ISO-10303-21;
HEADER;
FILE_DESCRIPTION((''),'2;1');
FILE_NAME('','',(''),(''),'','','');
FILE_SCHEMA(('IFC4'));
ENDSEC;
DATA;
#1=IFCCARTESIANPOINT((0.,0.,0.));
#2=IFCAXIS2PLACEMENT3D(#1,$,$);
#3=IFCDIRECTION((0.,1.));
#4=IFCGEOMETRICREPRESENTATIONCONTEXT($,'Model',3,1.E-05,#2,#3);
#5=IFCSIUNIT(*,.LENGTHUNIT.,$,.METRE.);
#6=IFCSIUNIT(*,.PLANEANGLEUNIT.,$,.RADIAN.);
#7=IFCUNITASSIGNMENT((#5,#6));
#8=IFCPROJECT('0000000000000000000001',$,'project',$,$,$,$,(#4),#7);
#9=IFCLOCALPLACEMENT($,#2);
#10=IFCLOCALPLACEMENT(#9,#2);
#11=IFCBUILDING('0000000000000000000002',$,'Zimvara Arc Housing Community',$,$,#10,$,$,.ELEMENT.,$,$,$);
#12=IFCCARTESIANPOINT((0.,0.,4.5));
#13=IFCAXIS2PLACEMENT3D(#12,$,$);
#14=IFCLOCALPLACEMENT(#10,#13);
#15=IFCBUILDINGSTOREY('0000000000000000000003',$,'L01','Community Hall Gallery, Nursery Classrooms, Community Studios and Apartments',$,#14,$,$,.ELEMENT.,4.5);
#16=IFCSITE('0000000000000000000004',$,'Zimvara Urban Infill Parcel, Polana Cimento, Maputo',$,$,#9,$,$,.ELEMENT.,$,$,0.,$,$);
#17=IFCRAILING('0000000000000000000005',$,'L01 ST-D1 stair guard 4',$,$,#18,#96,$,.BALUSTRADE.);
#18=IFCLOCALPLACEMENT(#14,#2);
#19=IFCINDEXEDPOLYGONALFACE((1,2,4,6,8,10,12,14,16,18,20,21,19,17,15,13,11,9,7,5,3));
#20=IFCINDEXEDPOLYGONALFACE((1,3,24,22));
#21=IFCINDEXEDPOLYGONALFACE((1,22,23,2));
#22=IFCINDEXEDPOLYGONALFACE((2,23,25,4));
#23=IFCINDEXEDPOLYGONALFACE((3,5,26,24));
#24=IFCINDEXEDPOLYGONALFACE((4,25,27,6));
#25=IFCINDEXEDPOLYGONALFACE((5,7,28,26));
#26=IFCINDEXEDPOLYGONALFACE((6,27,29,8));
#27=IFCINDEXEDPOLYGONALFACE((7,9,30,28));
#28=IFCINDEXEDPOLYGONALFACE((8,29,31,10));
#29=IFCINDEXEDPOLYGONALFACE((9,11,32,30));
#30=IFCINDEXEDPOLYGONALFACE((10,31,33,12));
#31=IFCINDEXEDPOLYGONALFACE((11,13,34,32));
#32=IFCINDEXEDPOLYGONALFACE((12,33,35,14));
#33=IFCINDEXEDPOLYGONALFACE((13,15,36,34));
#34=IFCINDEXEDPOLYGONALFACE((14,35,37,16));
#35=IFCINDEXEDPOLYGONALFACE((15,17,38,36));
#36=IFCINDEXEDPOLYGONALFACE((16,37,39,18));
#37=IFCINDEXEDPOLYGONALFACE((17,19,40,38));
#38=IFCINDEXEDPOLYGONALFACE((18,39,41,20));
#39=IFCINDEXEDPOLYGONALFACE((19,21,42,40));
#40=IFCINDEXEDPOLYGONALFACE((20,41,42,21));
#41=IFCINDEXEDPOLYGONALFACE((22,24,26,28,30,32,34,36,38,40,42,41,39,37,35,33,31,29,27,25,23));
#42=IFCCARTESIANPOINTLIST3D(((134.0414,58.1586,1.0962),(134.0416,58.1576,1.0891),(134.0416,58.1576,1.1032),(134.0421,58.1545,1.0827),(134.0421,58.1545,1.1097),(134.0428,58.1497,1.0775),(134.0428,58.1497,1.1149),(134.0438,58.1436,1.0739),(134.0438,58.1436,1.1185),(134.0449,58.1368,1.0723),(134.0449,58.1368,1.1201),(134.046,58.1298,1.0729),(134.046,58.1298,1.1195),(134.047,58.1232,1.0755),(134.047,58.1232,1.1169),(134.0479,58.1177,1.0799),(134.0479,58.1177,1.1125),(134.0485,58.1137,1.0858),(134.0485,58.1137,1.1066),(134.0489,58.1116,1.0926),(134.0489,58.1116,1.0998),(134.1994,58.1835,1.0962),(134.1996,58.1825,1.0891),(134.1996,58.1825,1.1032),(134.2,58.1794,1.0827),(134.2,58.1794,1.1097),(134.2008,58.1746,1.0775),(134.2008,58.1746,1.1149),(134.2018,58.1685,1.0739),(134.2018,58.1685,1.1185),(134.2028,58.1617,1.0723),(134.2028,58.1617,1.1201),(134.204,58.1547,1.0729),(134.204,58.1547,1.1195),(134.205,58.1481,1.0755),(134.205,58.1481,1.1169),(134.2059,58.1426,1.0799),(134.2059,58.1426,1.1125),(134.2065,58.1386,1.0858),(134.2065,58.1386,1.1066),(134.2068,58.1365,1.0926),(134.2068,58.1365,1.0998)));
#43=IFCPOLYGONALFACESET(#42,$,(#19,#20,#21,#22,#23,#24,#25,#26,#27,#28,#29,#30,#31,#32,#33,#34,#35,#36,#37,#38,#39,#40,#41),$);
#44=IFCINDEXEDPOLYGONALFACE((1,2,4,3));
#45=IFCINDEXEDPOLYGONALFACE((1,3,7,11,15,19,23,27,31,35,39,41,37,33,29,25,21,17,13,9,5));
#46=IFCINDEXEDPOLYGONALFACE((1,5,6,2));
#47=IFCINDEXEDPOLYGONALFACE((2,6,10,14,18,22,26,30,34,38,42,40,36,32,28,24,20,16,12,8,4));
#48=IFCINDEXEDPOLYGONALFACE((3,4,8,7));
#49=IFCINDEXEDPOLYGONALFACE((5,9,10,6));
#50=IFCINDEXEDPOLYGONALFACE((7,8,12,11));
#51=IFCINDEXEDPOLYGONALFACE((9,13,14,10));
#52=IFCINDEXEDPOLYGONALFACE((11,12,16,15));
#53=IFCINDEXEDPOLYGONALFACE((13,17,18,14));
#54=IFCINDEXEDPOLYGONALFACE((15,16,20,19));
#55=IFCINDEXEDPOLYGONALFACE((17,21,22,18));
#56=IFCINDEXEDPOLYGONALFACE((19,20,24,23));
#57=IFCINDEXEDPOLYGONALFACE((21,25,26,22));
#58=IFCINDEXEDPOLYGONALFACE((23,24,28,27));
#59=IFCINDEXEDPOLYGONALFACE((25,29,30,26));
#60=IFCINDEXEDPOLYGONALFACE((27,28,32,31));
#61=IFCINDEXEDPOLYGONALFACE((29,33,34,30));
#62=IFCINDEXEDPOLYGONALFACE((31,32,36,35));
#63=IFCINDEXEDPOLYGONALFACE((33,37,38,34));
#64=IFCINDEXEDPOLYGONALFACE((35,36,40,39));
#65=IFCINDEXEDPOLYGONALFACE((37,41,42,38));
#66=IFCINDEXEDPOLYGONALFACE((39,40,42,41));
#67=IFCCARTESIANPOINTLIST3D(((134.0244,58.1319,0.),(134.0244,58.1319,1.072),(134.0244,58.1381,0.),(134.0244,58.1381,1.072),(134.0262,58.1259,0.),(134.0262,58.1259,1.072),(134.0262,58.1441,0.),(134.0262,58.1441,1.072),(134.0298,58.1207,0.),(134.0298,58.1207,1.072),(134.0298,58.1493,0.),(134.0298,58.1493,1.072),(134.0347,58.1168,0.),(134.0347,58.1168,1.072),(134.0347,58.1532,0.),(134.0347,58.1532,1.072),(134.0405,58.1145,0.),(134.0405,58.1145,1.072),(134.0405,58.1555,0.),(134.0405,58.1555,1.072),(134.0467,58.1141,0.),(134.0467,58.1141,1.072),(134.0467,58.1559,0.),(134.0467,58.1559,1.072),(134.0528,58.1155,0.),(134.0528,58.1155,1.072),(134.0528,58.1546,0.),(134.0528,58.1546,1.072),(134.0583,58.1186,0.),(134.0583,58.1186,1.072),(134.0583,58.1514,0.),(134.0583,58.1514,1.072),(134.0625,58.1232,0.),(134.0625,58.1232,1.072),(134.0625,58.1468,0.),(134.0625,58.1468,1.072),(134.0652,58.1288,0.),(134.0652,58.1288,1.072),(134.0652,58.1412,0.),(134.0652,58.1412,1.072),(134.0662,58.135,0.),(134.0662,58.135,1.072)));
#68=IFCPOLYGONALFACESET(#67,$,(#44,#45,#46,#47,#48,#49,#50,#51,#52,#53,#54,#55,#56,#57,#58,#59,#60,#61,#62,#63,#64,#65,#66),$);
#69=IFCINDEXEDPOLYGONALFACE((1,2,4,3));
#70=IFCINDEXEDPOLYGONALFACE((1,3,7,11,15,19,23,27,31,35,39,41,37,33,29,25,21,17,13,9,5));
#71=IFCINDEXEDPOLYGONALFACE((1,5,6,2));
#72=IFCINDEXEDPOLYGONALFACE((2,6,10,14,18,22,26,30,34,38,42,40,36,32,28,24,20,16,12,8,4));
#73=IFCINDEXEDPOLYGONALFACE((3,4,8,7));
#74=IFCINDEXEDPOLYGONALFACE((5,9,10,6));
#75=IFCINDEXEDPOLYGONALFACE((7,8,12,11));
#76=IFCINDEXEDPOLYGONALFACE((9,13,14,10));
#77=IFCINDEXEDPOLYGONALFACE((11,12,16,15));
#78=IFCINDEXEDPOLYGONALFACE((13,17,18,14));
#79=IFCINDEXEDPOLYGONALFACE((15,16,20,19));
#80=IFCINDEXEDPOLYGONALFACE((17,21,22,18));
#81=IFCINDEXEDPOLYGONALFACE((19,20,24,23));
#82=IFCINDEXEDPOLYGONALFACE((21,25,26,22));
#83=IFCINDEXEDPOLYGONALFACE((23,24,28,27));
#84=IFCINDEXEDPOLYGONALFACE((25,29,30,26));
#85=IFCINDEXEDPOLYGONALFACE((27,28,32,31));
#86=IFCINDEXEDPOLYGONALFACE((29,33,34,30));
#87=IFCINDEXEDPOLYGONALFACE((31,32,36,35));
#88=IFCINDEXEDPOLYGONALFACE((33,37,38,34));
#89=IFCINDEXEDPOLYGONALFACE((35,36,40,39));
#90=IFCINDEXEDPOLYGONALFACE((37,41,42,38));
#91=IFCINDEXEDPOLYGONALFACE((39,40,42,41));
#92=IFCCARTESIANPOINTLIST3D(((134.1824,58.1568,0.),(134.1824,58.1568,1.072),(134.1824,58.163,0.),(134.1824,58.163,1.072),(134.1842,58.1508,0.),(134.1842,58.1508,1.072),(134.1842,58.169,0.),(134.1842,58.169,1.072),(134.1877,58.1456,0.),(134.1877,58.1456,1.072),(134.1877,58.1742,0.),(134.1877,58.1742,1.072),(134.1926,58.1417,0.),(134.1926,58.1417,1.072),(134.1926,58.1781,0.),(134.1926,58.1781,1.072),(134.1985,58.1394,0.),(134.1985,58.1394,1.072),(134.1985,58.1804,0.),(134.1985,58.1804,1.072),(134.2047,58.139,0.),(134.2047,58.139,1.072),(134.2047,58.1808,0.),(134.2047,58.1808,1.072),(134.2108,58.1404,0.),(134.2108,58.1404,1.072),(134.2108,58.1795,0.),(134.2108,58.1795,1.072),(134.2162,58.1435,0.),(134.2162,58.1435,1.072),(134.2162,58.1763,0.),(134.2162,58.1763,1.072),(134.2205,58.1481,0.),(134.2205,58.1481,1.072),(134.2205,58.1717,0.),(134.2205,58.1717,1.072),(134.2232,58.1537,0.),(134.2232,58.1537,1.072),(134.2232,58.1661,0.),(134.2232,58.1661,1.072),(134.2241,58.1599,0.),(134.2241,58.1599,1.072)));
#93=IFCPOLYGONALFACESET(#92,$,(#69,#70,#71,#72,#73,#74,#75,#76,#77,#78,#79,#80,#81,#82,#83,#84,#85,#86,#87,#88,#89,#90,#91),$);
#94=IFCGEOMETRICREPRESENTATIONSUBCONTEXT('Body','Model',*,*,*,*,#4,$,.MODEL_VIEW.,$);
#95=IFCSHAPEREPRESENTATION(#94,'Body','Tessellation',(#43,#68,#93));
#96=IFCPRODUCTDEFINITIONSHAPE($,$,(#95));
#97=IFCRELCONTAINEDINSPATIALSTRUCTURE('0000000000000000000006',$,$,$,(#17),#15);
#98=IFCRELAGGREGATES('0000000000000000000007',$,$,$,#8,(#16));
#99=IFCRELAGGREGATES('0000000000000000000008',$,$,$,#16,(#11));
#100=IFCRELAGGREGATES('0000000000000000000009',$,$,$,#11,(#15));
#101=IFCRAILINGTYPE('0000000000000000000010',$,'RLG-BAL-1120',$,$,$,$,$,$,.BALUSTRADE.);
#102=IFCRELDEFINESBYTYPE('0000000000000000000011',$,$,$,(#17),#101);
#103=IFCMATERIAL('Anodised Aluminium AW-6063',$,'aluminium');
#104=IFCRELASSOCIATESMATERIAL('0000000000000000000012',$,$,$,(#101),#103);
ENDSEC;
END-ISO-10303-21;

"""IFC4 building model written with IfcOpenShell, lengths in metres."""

from ifc_helpers import new_model, si_unit, direction, frame, origin, origin_2d, place, context, subcontext, project, spatial, circle, extrude, material, type_object, element, save


model = new_model("IFC4")

# Units and contexts
model_context = context("Model", 3, precision=1e-05, world=origin(), true_north=direction((0.0, 1.0)))
body_context = subcontext(model_context, "Body", "Model", "MODEL_VIEW")
ifc_project = project(units=[si_unit("LENGTHUNIT", "METRE"), si_unit("PLANEANGLEUNIT", "RADIAN")], contexts=[model_context])

# Site, building, storey
site_placement = place(None, origin())
site = spatial("IfcSite", under=ifc_project, at=site_placement, Name="Zimvara Urban Infill Parcel, Polana Cimento, Maputo", CompositionType="ELEMENT", RefElevation=0.0)
building_placement = place(site_placement, origin())
building = spatial("IfcBuilding", under=site, at=building_placement, Name="Zimvara Arc Housing Community", CompositionType="ELEMENT")
storey_placement = place(building_placement, frame((0.0, 0.0, 4.5)))
storey = spatial("IfcBuildingStorey", under=building, at=storey_placement, Name="L01", Description="Community Hall Gallery, Nursery Classrooms, Community Studios and Apartments", CompositionType="ELEMENT", Elevation=4.5)

# Railing
ifc_material_1 = material(Name="Anodised Aluminium AW-6063", Category="aluminium")
railing_type_1 = type_object("IfcRailingType", Name="RLG-BAL-1120", PredefinedType="BALUSTRADE", material=ifc_material_1)
railing_1_placement = place(storey_placement, frame((134.0452, 58.135, 0.0)))
element("IfcRailing", 1, at=railing_1_placement, inside=storey, type_object=railing_type_1, Name="L01 ST-D1 stair guard 4", PredefinedType="BALUSTRADE", context=body_context, shape_type="SweptSolid", body=[
    extrude(circle(Radius=0.0239, at=origin_2d()), frame((0.0, 0.0, 1.0962), z_axis=(0.9878, 0.155727, 0.0), x_axis=(-0.155727, 0.9878, 0.0)), (0.0, 0.0, 1.0), 0.1599),
    extrude(circle(Radius=0.021, at=origin_2d()), origin(), (0.0, 0.0, 1.0), 1.072),
    extrude(circle(Radius=0.021, at=origin_2d()), frame((0.158, 0.0249, 0.0)), (0.0, 0.0, 1.0), 1.072),
])

save(model, "model.ifc")
